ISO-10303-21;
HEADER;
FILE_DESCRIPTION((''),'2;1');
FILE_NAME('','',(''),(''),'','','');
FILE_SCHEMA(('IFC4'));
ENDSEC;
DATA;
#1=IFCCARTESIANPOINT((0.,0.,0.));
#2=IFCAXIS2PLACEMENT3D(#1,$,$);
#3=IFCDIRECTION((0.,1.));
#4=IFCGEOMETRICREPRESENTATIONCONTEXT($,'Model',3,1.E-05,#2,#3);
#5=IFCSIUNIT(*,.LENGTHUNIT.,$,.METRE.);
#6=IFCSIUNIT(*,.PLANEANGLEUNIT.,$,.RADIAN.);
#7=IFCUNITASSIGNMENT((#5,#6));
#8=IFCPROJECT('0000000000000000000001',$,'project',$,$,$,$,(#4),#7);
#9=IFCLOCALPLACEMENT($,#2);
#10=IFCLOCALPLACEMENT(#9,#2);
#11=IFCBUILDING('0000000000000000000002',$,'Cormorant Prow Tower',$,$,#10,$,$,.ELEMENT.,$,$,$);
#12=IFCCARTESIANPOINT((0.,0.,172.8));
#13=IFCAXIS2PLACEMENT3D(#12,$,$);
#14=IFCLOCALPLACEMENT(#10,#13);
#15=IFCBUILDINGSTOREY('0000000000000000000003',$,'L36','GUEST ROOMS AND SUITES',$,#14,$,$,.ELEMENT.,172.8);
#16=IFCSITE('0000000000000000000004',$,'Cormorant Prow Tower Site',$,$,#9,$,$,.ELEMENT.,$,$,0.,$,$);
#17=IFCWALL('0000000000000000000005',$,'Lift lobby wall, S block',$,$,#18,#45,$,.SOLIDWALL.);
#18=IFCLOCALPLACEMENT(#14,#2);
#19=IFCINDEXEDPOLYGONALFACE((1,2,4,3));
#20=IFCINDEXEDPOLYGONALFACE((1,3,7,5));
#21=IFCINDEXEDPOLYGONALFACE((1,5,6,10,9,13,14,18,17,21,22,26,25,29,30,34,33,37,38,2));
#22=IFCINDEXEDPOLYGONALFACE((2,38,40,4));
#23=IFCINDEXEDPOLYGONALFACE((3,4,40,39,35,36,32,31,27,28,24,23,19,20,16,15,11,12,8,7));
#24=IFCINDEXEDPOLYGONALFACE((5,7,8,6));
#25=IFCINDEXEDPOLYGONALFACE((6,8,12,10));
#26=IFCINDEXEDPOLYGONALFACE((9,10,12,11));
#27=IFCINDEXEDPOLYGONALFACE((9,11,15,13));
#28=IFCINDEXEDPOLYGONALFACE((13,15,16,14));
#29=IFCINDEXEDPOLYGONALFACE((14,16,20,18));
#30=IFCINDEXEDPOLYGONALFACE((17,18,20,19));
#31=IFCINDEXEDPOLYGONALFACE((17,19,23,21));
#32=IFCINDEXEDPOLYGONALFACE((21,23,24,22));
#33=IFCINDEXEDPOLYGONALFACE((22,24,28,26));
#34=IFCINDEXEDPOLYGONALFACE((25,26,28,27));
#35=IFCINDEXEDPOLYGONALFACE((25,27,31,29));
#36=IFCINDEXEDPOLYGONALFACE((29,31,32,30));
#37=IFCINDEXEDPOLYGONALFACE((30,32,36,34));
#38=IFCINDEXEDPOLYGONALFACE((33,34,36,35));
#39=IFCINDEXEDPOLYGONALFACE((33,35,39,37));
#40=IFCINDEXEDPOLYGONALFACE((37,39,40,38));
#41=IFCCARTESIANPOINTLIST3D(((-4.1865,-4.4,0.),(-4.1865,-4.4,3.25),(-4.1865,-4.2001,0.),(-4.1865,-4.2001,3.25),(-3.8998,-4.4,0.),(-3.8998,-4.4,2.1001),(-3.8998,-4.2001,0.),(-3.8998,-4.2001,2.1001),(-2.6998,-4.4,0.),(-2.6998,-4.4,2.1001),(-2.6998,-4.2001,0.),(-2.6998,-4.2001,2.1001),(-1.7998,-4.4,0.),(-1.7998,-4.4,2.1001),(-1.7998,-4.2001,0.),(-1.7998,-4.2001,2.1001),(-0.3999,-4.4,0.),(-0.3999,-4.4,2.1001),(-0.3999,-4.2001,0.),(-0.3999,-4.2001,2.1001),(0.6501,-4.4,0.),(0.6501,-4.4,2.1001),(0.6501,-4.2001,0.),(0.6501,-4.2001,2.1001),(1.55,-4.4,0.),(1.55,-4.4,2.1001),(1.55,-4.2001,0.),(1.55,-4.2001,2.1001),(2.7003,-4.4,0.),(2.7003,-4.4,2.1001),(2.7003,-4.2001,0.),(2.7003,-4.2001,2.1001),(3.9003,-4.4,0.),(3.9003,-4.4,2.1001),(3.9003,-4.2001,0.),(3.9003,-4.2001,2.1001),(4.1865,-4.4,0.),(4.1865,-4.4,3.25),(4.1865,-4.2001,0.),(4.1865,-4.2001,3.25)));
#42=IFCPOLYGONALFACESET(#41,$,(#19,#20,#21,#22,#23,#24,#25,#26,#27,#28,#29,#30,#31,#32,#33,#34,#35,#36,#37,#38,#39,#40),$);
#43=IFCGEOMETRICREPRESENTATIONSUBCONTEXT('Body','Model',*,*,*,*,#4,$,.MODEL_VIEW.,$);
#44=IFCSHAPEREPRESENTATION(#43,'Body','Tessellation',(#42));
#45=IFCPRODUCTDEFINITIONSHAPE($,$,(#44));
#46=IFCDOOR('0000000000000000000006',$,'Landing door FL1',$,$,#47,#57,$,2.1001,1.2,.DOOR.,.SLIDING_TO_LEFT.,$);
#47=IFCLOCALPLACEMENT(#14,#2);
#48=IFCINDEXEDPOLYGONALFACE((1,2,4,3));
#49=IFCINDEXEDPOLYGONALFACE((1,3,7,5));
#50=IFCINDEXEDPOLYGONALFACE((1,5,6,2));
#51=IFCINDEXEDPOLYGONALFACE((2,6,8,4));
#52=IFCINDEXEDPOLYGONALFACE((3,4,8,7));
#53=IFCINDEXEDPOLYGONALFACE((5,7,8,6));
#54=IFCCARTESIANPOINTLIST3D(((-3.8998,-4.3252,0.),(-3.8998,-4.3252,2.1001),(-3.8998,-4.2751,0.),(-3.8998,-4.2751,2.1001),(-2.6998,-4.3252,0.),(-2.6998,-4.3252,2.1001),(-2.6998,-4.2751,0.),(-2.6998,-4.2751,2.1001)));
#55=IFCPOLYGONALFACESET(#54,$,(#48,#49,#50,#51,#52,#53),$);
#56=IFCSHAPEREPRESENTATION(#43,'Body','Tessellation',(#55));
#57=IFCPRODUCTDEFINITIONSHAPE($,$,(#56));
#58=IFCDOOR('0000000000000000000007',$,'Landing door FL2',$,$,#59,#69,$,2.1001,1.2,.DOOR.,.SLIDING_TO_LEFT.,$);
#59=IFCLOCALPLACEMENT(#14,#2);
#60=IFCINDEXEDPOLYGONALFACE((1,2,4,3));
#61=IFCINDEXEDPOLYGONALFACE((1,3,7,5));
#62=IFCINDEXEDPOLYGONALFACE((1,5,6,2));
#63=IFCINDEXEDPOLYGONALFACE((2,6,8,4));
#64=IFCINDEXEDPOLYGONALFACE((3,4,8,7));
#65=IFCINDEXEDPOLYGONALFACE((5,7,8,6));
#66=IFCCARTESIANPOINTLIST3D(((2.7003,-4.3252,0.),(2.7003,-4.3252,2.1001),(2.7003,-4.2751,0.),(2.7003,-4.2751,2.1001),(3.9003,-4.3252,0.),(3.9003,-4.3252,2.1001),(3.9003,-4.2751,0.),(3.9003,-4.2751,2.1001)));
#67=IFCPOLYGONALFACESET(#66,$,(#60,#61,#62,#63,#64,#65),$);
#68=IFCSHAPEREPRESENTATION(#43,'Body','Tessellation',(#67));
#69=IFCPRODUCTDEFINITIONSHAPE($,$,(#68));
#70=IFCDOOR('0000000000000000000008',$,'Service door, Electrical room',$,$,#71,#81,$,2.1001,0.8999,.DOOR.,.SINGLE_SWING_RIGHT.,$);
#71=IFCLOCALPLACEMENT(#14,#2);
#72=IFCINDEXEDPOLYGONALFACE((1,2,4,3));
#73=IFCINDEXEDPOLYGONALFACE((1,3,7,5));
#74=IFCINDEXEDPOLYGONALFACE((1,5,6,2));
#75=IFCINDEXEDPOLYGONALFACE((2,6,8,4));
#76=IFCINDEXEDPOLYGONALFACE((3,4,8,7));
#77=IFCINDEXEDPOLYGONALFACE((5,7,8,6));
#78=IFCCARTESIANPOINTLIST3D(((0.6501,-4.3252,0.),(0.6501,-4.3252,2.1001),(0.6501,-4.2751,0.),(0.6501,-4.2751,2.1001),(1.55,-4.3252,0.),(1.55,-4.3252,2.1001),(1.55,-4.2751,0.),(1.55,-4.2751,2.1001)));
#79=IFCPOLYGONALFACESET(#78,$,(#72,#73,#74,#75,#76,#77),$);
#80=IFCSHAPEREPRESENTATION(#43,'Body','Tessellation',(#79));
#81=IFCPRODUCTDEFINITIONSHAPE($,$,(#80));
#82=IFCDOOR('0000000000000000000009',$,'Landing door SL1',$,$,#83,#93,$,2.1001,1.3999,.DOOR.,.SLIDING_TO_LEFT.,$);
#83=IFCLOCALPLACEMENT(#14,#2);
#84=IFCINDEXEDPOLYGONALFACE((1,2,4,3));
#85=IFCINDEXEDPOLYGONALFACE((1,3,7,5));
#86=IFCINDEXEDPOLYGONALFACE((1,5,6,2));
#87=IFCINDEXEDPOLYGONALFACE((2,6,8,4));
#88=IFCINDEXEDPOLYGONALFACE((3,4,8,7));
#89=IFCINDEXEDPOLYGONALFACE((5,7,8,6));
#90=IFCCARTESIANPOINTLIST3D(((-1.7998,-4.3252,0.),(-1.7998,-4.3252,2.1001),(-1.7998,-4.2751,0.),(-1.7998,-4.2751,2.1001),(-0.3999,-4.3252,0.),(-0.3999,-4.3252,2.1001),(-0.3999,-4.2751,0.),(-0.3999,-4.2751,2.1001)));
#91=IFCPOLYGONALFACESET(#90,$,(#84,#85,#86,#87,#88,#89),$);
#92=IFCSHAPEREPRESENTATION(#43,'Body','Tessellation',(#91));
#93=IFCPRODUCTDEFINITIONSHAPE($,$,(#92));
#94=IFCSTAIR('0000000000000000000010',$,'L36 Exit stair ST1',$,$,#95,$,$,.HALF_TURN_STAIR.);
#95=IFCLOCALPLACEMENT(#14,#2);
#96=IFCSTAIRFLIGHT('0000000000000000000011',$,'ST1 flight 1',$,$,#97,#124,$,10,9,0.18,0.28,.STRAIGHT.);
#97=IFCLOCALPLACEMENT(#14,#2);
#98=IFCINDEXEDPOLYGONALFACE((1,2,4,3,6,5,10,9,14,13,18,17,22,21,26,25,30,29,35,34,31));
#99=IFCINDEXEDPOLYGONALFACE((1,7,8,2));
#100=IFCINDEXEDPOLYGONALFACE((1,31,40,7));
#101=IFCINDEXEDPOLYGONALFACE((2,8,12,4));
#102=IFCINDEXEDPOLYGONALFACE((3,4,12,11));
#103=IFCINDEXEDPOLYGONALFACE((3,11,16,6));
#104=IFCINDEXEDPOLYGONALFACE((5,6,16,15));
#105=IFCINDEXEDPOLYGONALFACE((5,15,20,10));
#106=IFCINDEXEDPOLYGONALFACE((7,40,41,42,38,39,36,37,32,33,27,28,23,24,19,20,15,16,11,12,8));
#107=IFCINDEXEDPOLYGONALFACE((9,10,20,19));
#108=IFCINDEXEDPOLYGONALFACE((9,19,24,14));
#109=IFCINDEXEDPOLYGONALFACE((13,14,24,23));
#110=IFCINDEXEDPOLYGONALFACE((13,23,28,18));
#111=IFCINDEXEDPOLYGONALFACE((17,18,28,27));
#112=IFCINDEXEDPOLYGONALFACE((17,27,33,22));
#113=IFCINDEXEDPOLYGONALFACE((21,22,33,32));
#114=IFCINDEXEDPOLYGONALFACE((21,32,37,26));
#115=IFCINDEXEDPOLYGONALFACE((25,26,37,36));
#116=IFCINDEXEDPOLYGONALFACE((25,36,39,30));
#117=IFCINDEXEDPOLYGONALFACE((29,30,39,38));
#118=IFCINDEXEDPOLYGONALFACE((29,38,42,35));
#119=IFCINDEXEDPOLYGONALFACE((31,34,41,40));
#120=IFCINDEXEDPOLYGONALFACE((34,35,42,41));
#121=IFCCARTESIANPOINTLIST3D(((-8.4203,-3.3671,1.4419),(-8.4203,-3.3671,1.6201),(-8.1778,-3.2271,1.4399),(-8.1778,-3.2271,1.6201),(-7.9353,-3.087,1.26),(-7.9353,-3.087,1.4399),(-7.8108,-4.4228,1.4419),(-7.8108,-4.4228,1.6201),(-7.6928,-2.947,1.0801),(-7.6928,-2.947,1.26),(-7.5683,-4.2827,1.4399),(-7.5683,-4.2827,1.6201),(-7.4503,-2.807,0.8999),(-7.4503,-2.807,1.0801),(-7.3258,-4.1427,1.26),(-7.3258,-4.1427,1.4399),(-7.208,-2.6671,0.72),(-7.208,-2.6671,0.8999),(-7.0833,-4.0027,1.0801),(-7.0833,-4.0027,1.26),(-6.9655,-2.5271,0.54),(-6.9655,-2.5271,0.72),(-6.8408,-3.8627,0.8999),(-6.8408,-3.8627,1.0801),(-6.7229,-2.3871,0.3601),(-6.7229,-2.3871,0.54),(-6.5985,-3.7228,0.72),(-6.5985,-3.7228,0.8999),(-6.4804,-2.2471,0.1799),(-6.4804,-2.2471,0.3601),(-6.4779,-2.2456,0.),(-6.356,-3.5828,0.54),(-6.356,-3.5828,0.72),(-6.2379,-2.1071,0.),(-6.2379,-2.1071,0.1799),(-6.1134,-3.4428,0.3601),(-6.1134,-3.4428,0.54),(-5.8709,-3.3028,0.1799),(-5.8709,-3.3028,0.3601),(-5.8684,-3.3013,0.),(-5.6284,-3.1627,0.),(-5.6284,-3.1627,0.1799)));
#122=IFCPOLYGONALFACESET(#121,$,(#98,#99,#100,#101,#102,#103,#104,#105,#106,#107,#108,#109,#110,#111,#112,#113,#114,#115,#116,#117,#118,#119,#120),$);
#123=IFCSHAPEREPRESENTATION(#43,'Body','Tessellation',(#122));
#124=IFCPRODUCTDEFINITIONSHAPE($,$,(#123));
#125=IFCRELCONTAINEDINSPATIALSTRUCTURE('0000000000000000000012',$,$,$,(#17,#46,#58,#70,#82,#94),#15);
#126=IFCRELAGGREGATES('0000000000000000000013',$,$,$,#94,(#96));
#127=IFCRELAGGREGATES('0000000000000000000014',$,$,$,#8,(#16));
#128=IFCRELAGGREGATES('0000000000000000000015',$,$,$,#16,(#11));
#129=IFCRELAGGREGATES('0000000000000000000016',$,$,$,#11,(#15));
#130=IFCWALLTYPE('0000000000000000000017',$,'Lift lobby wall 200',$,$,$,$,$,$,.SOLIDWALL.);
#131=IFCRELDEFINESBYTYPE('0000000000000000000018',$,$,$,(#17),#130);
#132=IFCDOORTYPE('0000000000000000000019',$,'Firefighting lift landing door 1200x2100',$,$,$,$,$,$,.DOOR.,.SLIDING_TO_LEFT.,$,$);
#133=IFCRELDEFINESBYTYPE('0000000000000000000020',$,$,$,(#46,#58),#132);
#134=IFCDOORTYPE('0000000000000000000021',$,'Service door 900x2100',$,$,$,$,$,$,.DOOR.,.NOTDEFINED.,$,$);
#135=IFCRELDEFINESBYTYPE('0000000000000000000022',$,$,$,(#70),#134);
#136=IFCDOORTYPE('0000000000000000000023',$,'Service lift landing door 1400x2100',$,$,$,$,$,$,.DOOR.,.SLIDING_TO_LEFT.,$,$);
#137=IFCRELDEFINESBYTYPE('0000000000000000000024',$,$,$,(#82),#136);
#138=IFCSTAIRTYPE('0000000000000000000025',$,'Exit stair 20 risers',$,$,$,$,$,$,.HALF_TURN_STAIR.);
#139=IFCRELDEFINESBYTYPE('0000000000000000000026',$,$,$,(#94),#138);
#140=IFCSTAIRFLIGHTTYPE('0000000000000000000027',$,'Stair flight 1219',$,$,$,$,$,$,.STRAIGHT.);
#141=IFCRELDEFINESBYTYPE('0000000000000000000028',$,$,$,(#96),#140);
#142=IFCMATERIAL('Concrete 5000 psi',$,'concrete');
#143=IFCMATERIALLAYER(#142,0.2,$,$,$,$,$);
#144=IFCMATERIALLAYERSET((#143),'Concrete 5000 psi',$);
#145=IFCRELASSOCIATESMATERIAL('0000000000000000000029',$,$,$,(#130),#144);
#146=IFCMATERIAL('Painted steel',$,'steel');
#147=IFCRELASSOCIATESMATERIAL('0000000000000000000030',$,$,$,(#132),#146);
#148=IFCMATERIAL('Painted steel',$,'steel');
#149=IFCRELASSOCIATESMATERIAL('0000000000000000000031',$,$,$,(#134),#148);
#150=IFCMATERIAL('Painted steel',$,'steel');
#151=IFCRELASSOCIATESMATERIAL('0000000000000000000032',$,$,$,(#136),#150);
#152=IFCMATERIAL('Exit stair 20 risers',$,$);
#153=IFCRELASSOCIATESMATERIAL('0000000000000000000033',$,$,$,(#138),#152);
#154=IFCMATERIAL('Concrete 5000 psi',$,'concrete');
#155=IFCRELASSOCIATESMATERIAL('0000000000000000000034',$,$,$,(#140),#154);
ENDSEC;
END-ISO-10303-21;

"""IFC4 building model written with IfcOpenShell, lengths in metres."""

from ifc_helpers import new_model, si_unit, direction, frame, frame_2d, origin, place, context, subcontext, project, spatial, polyline, rectangle, outline, extrude, material, layer, layer_set, type_object, element, fill, aggregate, save


model = new_model("IFC4")

# Units and contexts
model_context = context("Model", 3, precision=1e-05, world=origin(), true_north=direction((0.0, 1.0)))
body_context = subcontext(model_context, "Body", "Model", "MODEL_VIEW")
ifc_project = project(units=[si_unit("LENGTHUNIT", "METRE"), si_unit("PLANEANGLEUNIT", "RADIAN")], contexts=[model_context])

# Site, building, storey
site_placement = place(None, origin())
site = spatial("IfcSite", under=ifc_project, at=site_placement, Name="Cormorant Prow Tower Site", CompositionType="ELEMENT", RefElevation=0.0)
building_placement = place(site_placement, origin())
building = spatial("IfcBuilding", under=site, at=building_placement, Name="Cormorant Prow Tower", CompositionType="ELEMENT")
storey_placement = place(building_placement, frame((0.0, 0.0, 172.8)))
storey = spatial("IfcBuildingStorey", under=building, at=storey_placement, Name="L36", Description="GUEST ROOMS AND SUITES", CompositionType="ELEMENT", Elevation=172.8)

# Wall, openings, doors
ifc_material_1 = material(Name="Concrete 5000 psi", Category="concrete")
ifc_layer_1 = layer(ifc_material_1, 0.2)
ifc_layer_set_1 = layer_set([ifc_layer_1], Name="Concrete 5000 psi")
wall_type_1 = type_object("IfcWallType", Name="Lift lobby wall 200", PredefinedType="SOLIDWALL", material=ifc_layer_set_1)
wall_1_placement = place(storey_placement, frame((-4.1865, -4.3, 0.0), z_axis=(0.0, 0.0, 1.0), x_axis=(1.0, 0.0, 0.0)))
wall_1 = element("IfcWall", 1, at=wall_1_placement, inside=storey, type_object=wall_type_1, Name="Lift lobby wall, S block", PredefinedType="SOLIDWALL", context=body_context, shape_type="SweptSolid", body=[
    extrude(rectangle(XDim=8.373, YDim=0.2, at=frame_2d((4.1865, 0.0))), origin(), (0.0, 0.0, 1.0), 3.25),
])
opening_1_placement = place(wall_1_placement, frame((0.2866, 0.0, 0.0)))
opening_1 = element("IfcOpeningElement", 2, at=opening_1_placement, cuts=wall_1, PredefinedType="OPENING", context=body_context, shape_type="SweptSolid", body=[
    extrude(rectangle(XDim=1.2, YDim=2.1001, at=frame_2d((0.6001, 1.05))), frame((0.0, 0.1099, 0.0), z_axis=(0.0, -1.0, 0.0), x_axis=(1.0, 0.0, 0.0)), (0.0, 0.0, 1.0), 0.22),
])
opening_2_placement = place(wall_1_placement, frame((2.3867, 0.0, 0.0)))
opening_2 = element("IfcOpeningElement", 3, at=opening_2_placement, cuts=wall_1, PredefinedType="OPENING", context=body_context, shape_type="SweptSolid", body=[
    extrude(rectangle(XDim=1.3999, YDim=2.1001, at=frame_2d((0.7, 1.05))), frame((0.0, 0.1099, 0.0), z_axis=(0.0, -1.0, 0.0), x_axis=(1.0, 0.0, 0.0)), (0.0, 0.0, 1.0), 0.22),
])
opening_3_placement = place(wall_1_placement, frame((4.8367, 0.0, 0.0)))
opening_3 = element("IfcOpeningElement", 4, at=opening_3_placement, cuts=wall_1, PredefinedType="OPENING", context=body_context, shape_type="SweptSolid", body=[
    extrude(rectangle(XDim=0.8999, YDim=2.1001, at=frame_2d((0.45, 1.05))), frame((0.0, 0.1099, 0.0), z_axis=(0.0, -1.0, 0.0), x_axis=(1.0, 0.0, 0.0)), (0.0, 0.0, 1.0), 0.22),
])
opening_4_placement = place(wall_1_placement, frame((6.8867, 0.0, 0.0)))
opening_4 = element("IfcOpeningElement", 5, at=opening_4_placement, cuts=wall_1, PredefinedType="OPENING", context=body_context, shape_type="SweptSolid", body=[
    extrude(rectangle(XDim=1.2, YDim=2.1001, at=frame_2d((0.6001, 1.05))), frame((0.0, 0.1099, 0.0), z_axis=(0.0, -1.0, 0.0), x_axis=(1.0, 0.0, 0.0)), (0.0, 0.0, 1.0), 0.22),
])
ifc_material_2 = material(Name="Painted steel", Category="steel")
door_type_1 = type_object("IfcDoorType", Name="Firefighting lift landing door 1200x2100", OperationType="SLIDING_TO_LEFT", PredefinedType="DOOR", material=ifc_material_2)
door_1_placement = place(opening_1_placement, origin())
door_1 = element("IfcDoor", 6, at=door_1_placement, inside=storey, type_object=door_type_1, Name="Landing door FL1", OperationType="SLIDING_TO_LEFT", OverallHeight=2.1001, OverallWidth=1.2, PredefinedType="DOOR", context=body_context, shape_type="SweptSolid", body=[
    extrude(rectangle(XDim=1.2, YDim=2.1001, at=frame_2d((0.6001, 1.05))), frame((0.0, 0.0249, 0.0), z_axis=(0.0, -1.0, 0.0), x_axis=(1.0, 0.0, 0.0)), (0.0, 0.0, 1.0), 0.05),
])
fill(opening_1, door_1)
door_2_placement = place(opening_4_placement, origin())
door_2 = element("IfcDoor", 7, at=door_2_placement, inside=storey, type_object=door_type_1, Name="Landing door FL2", OperationType="SLIDING_TO_LEFT", OverallHeight=2.1001, OverallWidth=1.2, PredefinedType="DOOR", context=body_context, shape_type="SweptSolid", body=[
    extrude(rectangle(XDim=1.2, YDim=2.1001, at=frame_2d((0.6001, 1.05))), frame((0.0, 0.0249, 0.0), z_axis=(0.0, -1.0, 0.0), x_axis=(1.0, 0.0, 0.0)), (0.0, 0.0, 1.0), 0.05),
])
fill(opening_4, door_2)
ifc_material_3 = material(Name="Painted steel", Category="steel")
door_type_2 = type_object("IfcDoorType", Name="Service door 900x2100", OperationType="NOTDEFINED", PredefinedType="DOOR", material=ifc_material_3)
door_3_placement = place(opening_3_placement, origin())
door_3 = element("IfcDoor", 8, at=door_3_placement, inside=storey, type_object=door_type_2, Name="Service door, Electrical room", OperationType="SINGLE_SWING_RIGHT", OverallHeight=2.1001, OverallWidth=0.8999, PredefinedType="DOOR", context=body_context, shape_type="SweptSolid", body=[
    extrude(rectangle(XDim=0.8999, YDim=2.1001, at=frame_2d((0.45, 1.05))), frame((0.0, 0.0249, 0.0), z_axis=(0.0, -1.0, 0.0), x_axis=(1.0, 0.0, 0.0)), (0.0, 0.0, 1.0), 0.05),
])
fill(opening_3, door_3)
ifc_material_4 = material(Name="Painted steel", Category="steel")
door_type_3 = type_object("IfcDoorType", Name="Service lift landing door 1400x2100", OperationType="SLIDING_TO_LEFT", PredefinedType="DOOR", material=ifc_material_4)
door_4_placement = place(opening_2_placement, origin())
door_4 = element("IfcDoor", 9, at=door_4_placement, inside=storey, type_object=door_type_3, Name="Landing door SL1", OperationType="SLIDING_TO_LEFT", OverallHeight=2.1001, OverallWidth=1.3999, PredefinedType="DOOR", context=body_context, shape_type="SweptSolid", body=[
    extrude(rectangle(XDim=1.3999, YDim=2.1001, at=frame_2d((0.7, 1.05))), frame((0.0, 0.0249, 0.0), z_axis=(0.0, -1.0, 0.0), x_axis=(1.0, 0.0, 0.0)), (0.0, 0.0, 1.0), 0.05),
])
fill(opening_2, door_4)

# Stair, stair flight
ifc_material_5 = material(Name="Exit stair 20 risers")
stair_type = type_object("IfcStairType", Name="Exit stair 20 risers", PredefinedType="HALF_TURN_STAIR", material=ifc_material_5)
stair_placement = place(storey_placement, origin())
stair = element("IfcStair", 10, at=stair_placement, inside=storey, type_object=stair_type, Name="L36 Exit stair ST1", PredefinedType="HALF_TURN_STAIR")
ifc_material_6 = material(Name="Concrete 5000 psi", Category="concrete")
stair_flight_type = type_object("IfcStairFlightType", Name="Stair flight 1219", PredefinedType="STRAIGHT", material=ifc_material_6)
stair_flight_placement = place(storey_placement, frame((-5.9331, -2.635, 0.0), z_axis=(0.0, 0.0, 1.0), x_axis=(-0.866025, -0.5, 0.0)))
stair_flight = element("IfcStairFlight", 11, at=stair_flight_placement, type_object=stair_flight_type, Name="ST1 flight 1", NumberOfRisers=10, NumberOfTreads=9, PredefinedType="STRAIGHT", RiserHeight=0.18, TreadLength=0.28, context=body_context, shape_type="SweptSolid", body=[
    extrude(outline(polyline([(0.0, 0.0), (0.0, 0.1799), (0.28, 0.1799), (0.28, 0.3601), (0.5601, 0.3601), (0.5601, 0.54), (0.8401, 0.54), (0.8401, 0.72), (1.1201, 0.72), (1.1201, 0.8999), (1.3999, 0.8999), (1.3999, 1.0801), (1.6799, 1.0801), (1.6799, 1.26), (1.96, 1.26), (1.96, 1.4399), (2.24, 1.4399), (2.24, 1.6201), (2.52, 1.6201), (2.52, 1.8), (2.52, 1.4419), (0.2771, 0.0), (0.0, 0.0)])), frame((0.0, 0.6094, 0.0), z_axis=(0.0, -1.0, 0.0), x_axis=(1.0, 0.0, 0.0)), (0.0, 0.0, 1.0), 1.219),
])
aggregate(stair, [stair_flight])

save(model, "model.ifc")
